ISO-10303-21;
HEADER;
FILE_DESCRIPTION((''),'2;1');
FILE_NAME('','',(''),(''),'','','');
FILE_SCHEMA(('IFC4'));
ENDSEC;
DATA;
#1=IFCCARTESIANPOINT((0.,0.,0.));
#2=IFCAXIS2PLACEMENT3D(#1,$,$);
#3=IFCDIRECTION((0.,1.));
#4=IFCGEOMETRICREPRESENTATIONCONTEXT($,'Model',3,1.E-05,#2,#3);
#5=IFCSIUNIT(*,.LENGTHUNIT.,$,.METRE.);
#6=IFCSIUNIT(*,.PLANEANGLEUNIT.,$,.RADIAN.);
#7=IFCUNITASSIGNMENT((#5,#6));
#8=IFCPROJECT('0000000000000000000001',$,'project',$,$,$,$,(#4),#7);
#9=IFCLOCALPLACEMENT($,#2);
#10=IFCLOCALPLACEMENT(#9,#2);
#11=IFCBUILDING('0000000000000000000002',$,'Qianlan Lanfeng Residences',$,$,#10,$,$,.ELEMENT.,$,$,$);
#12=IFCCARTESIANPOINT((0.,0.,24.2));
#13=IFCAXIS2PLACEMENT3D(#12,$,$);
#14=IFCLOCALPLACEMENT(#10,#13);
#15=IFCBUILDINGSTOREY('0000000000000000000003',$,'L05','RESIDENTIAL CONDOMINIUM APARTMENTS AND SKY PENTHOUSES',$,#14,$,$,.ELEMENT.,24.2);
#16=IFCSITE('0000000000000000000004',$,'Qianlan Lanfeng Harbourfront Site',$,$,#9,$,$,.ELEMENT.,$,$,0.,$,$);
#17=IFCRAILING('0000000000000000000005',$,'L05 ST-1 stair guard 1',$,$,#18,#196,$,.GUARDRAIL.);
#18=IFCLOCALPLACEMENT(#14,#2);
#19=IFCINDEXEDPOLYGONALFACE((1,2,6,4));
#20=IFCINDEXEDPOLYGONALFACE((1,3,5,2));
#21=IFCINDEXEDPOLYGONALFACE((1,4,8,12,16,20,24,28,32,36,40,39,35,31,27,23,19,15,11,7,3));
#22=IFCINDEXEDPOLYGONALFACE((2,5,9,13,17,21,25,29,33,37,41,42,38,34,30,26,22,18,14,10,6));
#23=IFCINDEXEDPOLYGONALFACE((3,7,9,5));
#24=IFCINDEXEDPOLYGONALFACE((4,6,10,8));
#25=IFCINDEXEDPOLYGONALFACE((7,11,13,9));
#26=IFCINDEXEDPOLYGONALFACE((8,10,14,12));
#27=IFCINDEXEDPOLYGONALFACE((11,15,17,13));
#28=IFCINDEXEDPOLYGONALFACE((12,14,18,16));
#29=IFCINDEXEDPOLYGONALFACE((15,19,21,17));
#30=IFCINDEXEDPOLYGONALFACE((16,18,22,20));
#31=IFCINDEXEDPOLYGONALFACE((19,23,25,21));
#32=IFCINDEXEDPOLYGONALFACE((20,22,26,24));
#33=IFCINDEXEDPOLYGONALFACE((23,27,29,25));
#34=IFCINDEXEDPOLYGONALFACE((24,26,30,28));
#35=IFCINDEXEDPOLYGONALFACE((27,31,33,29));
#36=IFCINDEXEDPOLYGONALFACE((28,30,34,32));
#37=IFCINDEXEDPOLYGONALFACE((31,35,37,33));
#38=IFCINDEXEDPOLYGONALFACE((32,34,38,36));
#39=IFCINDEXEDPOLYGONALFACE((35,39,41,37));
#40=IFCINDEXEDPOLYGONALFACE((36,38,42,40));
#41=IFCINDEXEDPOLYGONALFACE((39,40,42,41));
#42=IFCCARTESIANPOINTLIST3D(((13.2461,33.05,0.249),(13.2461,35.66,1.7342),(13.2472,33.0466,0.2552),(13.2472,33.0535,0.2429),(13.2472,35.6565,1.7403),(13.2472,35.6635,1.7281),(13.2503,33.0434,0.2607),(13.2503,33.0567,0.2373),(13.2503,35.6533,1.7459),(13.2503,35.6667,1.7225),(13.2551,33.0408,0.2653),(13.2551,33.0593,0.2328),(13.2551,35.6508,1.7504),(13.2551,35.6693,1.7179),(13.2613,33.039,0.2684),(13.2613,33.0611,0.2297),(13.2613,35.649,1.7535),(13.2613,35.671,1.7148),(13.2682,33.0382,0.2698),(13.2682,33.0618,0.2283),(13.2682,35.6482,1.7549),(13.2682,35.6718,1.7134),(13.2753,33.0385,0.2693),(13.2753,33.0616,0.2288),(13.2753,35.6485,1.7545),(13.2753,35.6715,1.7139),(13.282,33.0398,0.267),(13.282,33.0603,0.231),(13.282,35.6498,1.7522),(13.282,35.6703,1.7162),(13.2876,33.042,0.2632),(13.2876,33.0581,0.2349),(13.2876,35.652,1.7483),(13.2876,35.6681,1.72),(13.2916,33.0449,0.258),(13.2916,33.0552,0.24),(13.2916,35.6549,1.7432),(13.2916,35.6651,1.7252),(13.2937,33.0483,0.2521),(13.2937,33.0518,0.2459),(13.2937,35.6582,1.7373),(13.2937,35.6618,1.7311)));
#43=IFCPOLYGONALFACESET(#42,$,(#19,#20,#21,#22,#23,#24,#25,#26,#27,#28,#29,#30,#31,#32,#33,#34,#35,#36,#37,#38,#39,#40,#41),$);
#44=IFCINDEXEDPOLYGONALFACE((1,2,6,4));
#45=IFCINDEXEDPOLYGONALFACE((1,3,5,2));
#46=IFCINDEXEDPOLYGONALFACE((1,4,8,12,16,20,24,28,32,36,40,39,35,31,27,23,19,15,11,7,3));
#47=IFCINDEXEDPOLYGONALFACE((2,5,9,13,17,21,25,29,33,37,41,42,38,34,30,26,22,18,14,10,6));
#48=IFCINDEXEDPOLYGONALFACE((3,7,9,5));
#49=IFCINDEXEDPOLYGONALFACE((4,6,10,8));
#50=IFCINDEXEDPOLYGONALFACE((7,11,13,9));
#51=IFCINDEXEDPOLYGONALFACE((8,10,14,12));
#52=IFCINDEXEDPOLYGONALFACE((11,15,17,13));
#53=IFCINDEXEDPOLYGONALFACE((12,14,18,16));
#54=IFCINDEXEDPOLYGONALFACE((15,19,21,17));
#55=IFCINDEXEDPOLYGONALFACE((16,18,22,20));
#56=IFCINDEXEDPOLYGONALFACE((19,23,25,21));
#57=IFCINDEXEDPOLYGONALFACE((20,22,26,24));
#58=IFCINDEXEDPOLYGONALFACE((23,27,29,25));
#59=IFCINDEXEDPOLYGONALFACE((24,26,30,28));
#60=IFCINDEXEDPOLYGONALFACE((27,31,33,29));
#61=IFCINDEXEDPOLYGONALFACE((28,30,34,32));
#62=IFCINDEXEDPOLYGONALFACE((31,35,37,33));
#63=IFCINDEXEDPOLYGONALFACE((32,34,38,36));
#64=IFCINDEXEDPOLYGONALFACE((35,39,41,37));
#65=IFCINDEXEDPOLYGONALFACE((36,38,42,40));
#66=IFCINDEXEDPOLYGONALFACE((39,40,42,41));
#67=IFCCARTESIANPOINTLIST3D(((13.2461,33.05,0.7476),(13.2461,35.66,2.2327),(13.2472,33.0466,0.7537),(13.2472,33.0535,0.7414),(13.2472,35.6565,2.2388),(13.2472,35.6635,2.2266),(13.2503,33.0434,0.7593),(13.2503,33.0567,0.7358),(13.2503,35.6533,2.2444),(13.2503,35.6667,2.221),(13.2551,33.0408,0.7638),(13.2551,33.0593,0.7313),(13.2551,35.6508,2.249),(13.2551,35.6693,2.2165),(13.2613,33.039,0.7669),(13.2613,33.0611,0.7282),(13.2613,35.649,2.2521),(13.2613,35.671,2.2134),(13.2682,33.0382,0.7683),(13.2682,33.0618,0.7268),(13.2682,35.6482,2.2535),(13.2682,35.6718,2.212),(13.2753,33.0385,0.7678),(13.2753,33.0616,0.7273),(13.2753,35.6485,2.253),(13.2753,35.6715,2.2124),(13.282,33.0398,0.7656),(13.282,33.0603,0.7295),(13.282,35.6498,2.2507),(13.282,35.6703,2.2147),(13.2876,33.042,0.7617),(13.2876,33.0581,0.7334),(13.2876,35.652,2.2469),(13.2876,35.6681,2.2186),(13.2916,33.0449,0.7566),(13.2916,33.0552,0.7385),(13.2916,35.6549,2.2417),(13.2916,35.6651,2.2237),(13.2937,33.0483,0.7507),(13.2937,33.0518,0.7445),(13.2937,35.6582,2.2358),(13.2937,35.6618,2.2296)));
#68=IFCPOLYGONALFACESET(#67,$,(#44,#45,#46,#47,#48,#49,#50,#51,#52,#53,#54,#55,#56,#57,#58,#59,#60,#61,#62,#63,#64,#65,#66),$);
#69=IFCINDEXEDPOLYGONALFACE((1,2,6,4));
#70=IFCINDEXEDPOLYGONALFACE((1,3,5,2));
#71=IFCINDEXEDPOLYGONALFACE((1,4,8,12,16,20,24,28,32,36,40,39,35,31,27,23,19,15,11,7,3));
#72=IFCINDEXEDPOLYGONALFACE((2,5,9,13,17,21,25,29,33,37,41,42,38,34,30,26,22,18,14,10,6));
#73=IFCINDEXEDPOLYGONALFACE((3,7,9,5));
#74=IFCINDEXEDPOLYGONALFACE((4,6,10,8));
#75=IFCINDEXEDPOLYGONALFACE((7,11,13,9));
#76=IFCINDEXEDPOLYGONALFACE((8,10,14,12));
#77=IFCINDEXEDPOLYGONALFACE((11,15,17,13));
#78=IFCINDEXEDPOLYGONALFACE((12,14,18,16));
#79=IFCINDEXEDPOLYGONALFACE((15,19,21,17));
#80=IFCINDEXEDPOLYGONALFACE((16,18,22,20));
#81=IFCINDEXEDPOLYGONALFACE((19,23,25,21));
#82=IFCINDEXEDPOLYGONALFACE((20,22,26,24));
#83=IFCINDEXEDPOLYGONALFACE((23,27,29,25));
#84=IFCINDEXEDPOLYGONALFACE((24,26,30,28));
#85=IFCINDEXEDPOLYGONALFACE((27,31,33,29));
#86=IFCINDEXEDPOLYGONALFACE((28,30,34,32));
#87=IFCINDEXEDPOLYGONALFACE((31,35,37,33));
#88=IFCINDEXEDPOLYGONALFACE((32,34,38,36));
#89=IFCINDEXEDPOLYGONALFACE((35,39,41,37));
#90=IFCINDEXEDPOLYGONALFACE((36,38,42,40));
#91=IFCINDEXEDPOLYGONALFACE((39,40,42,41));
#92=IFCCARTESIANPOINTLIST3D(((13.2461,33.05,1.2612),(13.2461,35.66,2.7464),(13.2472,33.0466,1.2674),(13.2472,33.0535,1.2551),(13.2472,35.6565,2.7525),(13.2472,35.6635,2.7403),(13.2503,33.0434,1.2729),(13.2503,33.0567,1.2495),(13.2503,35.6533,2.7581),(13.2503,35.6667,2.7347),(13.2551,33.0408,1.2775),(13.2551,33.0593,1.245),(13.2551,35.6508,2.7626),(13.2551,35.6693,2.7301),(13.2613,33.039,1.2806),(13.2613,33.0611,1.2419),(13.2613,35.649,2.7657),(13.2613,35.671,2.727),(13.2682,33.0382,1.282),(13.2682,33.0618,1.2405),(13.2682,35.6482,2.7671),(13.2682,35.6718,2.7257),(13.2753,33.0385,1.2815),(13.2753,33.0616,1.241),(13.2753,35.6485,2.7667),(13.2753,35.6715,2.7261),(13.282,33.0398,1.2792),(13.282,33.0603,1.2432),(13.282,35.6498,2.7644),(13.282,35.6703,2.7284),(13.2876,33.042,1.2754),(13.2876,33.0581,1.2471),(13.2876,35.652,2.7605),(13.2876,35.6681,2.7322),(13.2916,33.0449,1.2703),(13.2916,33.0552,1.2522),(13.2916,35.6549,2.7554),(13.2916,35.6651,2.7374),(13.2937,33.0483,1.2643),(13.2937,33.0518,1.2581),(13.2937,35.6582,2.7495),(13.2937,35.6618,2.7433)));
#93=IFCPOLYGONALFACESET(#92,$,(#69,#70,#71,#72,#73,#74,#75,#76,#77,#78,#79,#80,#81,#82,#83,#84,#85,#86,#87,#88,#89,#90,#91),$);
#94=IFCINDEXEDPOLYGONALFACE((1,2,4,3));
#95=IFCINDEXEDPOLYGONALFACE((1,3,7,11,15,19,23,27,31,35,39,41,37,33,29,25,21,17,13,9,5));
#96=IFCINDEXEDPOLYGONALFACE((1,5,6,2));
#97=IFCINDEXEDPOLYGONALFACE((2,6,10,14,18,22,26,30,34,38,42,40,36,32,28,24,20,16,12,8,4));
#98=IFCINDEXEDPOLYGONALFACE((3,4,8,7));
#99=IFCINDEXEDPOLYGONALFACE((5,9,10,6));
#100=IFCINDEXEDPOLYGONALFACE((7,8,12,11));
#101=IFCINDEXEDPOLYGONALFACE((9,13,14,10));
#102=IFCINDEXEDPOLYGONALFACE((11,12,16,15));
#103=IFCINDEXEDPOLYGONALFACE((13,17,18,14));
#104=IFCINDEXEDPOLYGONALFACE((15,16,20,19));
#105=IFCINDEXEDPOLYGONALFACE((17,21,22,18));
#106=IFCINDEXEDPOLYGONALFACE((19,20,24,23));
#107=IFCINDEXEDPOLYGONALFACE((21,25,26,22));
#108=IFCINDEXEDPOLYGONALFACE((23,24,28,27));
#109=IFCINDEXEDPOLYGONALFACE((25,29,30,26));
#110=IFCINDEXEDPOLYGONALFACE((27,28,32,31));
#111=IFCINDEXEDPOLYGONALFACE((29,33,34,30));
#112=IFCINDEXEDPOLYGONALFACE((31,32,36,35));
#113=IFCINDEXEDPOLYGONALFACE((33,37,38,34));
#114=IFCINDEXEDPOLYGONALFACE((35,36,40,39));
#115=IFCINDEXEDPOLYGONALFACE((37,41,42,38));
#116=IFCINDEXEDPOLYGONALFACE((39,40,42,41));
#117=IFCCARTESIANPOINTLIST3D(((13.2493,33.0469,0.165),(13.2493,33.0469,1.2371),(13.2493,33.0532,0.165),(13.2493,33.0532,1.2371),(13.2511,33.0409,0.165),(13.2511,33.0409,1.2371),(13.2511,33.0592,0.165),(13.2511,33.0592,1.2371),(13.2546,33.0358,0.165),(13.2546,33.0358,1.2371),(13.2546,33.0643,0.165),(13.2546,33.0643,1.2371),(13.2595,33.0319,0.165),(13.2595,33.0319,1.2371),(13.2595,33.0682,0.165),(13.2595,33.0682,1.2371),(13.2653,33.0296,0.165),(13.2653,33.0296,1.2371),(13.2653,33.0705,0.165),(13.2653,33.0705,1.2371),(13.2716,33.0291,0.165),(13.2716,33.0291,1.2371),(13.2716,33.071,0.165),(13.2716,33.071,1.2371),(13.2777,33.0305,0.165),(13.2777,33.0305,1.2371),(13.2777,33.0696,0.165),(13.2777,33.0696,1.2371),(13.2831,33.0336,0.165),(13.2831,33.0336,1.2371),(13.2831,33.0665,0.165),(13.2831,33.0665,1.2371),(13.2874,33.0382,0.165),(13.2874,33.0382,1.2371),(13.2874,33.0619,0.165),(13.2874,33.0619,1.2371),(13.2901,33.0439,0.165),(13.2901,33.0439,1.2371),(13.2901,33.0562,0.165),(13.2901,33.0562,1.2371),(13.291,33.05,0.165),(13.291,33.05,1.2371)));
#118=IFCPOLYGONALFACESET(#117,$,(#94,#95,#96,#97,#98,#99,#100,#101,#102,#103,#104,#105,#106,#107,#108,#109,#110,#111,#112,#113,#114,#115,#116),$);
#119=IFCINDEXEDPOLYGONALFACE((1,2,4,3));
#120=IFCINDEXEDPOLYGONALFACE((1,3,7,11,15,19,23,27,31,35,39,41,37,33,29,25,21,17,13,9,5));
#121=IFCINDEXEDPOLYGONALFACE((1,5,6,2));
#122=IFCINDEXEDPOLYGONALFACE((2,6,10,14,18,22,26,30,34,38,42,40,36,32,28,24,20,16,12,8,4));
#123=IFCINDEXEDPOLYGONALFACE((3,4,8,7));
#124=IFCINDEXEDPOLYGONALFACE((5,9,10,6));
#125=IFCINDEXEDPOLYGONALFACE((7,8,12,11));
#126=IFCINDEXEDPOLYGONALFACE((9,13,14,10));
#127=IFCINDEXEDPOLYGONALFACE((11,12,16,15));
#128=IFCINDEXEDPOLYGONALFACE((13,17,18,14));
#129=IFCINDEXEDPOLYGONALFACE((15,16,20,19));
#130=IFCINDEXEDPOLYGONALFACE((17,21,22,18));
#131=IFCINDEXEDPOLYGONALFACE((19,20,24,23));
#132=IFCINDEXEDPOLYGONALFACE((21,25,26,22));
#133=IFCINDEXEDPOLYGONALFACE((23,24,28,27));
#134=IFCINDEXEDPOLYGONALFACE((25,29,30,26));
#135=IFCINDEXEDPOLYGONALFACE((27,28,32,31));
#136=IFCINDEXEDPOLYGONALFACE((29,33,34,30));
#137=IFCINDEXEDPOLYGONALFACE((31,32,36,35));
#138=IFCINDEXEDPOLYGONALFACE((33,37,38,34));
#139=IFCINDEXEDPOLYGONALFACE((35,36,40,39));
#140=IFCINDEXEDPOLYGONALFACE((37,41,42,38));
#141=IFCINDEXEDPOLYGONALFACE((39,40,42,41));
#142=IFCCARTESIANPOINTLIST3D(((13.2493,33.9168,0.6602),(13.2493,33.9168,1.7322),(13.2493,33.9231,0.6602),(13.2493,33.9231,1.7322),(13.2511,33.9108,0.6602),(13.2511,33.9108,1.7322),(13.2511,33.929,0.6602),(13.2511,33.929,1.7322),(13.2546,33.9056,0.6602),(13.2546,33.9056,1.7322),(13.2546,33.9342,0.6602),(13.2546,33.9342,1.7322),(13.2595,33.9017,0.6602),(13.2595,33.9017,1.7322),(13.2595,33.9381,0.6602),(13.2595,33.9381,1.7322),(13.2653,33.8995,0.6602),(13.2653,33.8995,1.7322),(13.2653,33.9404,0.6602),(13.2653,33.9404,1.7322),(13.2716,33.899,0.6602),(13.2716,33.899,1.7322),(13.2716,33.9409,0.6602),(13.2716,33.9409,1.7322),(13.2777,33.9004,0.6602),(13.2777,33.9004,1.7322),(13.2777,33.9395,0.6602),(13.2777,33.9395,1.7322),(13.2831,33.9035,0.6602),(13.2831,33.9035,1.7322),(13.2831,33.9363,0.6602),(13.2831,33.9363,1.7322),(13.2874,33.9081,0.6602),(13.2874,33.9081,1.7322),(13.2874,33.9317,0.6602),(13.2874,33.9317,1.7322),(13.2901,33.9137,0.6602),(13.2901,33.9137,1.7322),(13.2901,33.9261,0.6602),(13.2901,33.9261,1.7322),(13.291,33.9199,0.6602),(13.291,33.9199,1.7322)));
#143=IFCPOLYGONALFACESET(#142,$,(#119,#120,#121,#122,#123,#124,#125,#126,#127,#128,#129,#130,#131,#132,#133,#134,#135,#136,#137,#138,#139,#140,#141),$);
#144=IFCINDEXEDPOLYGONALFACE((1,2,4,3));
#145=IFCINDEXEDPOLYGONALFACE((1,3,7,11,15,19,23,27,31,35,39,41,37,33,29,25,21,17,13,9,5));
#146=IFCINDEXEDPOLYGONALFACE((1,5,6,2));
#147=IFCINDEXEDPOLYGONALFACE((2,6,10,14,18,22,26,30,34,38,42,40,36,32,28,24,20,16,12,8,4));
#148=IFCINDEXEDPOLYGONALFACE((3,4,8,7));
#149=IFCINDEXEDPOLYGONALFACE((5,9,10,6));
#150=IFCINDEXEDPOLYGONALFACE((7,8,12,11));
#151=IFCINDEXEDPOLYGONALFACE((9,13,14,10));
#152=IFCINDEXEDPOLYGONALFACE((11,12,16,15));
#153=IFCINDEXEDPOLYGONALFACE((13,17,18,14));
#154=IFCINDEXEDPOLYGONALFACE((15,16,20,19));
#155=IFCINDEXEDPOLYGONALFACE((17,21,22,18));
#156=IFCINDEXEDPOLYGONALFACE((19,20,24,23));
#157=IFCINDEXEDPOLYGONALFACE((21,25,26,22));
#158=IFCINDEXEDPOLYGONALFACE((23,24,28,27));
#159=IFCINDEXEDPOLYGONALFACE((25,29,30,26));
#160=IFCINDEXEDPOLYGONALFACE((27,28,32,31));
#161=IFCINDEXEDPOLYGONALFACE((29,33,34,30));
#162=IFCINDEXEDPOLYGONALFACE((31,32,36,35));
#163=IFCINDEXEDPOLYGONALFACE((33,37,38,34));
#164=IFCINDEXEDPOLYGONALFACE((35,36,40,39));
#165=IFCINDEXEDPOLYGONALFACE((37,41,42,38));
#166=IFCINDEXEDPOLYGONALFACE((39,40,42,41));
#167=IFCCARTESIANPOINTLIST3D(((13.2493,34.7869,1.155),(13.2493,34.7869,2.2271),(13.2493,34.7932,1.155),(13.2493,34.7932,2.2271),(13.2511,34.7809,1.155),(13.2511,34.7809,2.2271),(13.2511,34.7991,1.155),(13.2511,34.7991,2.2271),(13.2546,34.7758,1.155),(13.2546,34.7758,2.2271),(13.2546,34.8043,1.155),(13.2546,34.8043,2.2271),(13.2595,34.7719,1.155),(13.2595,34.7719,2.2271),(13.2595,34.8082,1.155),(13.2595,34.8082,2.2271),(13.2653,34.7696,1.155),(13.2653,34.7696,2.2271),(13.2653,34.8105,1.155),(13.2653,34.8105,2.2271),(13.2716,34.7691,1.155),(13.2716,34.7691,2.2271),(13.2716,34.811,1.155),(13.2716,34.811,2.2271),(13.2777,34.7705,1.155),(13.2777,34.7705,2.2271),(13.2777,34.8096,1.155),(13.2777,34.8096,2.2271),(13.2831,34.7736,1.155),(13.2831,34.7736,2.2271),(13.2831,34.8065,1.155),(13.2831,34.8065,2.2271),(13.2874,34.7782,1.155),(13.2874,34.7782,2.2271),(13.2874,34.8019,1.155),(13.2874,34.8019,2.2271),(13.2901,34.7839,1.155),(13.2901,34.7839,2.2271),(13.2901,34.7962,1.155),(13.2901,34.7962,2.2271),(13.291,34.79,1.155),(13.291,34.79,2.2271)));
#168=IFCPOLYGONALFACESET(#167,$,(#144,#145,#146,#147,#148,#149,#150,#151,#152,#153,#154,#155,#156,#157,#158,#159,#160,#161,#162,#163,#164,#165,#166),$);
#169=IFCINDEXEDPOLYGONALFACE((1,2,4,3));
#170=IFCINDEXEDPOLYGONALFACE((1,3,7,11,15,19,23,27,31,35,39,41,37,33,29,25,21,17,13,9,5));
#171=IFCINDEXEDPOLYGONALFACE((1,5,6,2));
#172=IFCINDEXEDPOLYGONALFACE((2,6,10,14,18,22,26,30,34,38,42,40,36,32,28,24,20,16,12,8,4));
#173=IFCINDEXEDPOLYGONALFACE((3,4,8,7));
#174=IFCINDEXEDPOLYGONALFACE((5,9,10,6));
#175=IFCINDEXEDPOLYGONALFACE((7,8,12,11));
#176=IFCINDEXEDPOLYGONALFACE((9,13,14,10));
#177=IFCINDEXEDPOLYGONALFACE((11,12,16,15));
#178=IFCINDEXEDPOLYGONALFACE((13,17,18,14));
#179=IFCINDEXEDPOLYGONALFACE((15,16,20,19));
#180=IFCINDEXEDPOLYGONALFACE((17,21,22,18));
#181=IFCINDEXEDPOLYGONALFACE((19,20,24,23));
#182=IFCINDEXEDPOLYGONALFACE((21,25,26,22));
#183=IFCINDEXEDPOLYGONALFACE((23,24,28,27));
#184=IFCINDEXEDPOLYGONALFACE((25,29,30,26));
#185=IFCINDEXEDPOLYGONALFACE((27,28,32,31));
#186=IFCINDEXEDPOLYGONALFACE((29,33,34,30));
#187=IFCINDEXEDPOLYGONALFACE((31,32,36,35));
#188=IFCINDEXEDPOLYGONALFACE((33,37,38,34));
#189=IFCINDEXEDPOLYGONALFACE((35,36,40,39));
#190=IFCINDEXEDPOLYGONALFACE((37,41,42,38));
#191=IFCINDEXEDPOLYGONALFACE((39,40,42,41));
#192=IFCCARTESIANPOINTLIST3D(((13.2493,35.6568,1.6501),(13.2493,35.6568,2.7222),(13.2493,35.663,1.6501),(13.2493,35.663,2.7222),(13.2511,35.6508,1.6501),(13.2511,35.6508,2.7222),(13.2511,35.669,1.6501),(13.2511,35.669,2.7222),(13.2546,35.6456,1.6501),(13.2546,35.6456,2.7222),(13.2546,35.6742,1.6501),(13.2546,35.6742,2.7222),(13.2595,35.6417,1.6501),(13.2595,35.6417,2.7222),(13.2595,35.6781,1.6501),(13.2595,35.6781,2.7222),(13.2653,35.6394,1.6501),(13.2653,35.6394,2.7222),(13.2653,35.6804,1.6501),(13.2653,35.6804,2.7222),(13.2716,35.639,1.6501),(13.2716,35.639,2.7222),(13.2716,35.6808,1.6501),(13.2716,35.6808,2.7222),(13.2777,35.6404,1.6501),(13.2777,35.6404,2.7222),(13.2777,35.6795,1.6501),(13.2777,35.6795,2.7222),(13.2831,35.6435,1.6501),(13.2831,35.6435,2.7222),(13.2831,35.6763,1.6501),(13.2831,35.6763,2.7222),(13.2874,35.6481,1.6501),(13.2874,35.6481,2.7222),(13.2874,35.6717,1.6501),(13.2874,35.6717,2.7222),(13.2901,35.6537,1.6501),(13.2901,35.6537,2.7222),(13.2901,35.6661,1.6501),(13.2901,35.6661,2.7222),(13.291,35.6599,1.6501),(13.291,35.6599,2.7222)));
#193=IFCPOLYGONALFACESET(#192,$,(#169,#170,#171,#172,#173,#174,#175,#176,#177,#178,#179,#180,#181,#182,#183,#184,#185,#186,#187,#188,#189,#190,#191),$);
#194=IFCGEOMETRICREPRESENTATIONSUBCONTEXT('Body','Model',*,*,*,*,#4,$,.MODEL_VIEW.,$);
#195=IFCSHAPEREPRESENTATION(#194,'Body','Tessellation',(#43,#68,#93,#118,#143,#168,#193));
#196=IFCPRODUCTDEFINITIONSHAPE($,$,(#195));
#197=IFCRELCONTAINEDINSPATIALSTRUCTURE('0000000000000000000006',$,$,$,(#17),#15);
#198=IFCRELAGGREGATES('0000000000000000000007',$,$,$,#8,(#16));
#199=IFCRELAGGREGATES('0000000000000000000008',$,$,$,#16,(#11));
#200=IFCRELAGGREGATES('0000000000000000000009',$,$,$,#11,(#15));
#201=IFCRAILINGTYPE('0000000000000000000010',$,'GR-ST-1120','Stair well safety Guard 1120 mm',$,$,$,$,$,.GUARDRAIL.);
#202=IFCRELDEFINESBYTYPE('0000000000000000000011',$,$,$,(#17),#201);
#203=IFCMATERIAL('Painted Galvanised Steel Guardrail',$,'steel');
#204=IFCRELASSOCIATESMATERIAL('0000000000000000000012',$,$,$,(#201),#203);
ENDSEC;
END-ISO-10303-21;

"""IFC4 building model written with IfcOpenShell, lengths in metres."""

from ifc_helpers import new_model, si_unit, direction, frame, origin, origin_2d, place, context, subcontext, project, spatial, circle, extrude, material, type_object, element, save


model = new_model("IFC4")

# Units and contexts
model_context = context("Model", 3, precision=1e-05, world=origin(), true_north=direction((0.0, 1.0)))
body_context = subcontext(model_context, "Body", "Model", "MODEL_VIEW")
ifc_project = project(units=[si_unit("LENGTHUNIT", "METRE"), si_unit("PLANEANGLEUNIT", "RADIAN")], contexts=[model_context])

# Site, building, storey
site_placement = place(None, origin())
site = spatial("IfcSite", under=ifc_project, at=site_placement, Name="Qianlan Lanfeng Harbourfront Site", CompositionType="ELEMENT", RefElevation=0.0)
building_placement = place(site_placement, origin())
building = spatial("IfcBuilding", under=site, at=building_placement, Name="Qianlan Lanfeng Residences", CompositionType="ELEMENT")
storey_placement = place(building_placement, frame((0.0, 0.0, 24.2)))
storey = spatial("IfcBuildingStorey", under=building, at=storey_placement, Name="L05", Description="RESIDENTIAL CONDOMINIUM APARTMENTS AND SKY PENTHOUSES", CompositionType="ELEMENT", Elevation=24.2)

# Railing
ifc_material_1 = material(Name="Painted Galvanised Steel Guardrail", Category="steel")
railing_type_1 = type_object("IfcRailingType", Name="GR-ST-1120", Description="Stair well safety Guard 1120 mm", PredefinedType="GUARDRAIL", material=ifc_material_1)
railing_1_placement = place(storey_placement, frame((13.27, 33.05, 0.165)))
element("IfcRailing", 1, at=railing_1_placement, inside=storey, type_object=railing_type_1, Name="L05 ST-1 stair guard 1", PredefinedType="GUARDRAIL", context=body_context, shape_type="SweptSolid", body=[
    extrude(circle(Radius=0.0239, at=origin_2d()), frame((0.0, 0.0, 0.084), z_axis=(0.0, 0.869137, 0.494571), x_axis=(-1.0, 0.0, 0.0)), (0.0, 0.0, 1.0), 3.0029),
    extrude(circle(Radius=0.0239, at=origin_2d()), frame((0.0, 0.0, 0.5825), z_axis=(0.0, 0.869137, 0.494571), x_axis=(-1.0, 0.0, 0.0)), (0.0, 0.0, 1.0), 3.0029),
    extrude(circle(Radius=0.0239, at=origin_2d()), frame((0.0, 0.0, 1.0962), z_axis=(0.0, 0.869137, 0.494571), x_axis=(-1.0, 0.0, 0.0)), (0.0, 0.0, 1.0), 3.0029),
    extrude(circle(Radius=0.021, at=origin_2d()), origin(), (0.0, 0.0, 1.0), 1.072),
    extrude(circle(Radius=0.021, at=origin_2d()), frame((0.0, 0.8699, 0.4951)), (0.0, 0.0, 1.0), 1.072),
    extrude(circle(Radius=0.021, at=origin_2d()), frame((0.0, 1.74, 0.99)), (0.0, 0.0, 1.0), 1.072),
    extrude(circle(Radius=0.021, at=origin_2d()), frame((0.0, 2.6099, 1.4851)), (0.0, 0.0, 1.0), 1.072),
])

save(model, "model.ifc")
